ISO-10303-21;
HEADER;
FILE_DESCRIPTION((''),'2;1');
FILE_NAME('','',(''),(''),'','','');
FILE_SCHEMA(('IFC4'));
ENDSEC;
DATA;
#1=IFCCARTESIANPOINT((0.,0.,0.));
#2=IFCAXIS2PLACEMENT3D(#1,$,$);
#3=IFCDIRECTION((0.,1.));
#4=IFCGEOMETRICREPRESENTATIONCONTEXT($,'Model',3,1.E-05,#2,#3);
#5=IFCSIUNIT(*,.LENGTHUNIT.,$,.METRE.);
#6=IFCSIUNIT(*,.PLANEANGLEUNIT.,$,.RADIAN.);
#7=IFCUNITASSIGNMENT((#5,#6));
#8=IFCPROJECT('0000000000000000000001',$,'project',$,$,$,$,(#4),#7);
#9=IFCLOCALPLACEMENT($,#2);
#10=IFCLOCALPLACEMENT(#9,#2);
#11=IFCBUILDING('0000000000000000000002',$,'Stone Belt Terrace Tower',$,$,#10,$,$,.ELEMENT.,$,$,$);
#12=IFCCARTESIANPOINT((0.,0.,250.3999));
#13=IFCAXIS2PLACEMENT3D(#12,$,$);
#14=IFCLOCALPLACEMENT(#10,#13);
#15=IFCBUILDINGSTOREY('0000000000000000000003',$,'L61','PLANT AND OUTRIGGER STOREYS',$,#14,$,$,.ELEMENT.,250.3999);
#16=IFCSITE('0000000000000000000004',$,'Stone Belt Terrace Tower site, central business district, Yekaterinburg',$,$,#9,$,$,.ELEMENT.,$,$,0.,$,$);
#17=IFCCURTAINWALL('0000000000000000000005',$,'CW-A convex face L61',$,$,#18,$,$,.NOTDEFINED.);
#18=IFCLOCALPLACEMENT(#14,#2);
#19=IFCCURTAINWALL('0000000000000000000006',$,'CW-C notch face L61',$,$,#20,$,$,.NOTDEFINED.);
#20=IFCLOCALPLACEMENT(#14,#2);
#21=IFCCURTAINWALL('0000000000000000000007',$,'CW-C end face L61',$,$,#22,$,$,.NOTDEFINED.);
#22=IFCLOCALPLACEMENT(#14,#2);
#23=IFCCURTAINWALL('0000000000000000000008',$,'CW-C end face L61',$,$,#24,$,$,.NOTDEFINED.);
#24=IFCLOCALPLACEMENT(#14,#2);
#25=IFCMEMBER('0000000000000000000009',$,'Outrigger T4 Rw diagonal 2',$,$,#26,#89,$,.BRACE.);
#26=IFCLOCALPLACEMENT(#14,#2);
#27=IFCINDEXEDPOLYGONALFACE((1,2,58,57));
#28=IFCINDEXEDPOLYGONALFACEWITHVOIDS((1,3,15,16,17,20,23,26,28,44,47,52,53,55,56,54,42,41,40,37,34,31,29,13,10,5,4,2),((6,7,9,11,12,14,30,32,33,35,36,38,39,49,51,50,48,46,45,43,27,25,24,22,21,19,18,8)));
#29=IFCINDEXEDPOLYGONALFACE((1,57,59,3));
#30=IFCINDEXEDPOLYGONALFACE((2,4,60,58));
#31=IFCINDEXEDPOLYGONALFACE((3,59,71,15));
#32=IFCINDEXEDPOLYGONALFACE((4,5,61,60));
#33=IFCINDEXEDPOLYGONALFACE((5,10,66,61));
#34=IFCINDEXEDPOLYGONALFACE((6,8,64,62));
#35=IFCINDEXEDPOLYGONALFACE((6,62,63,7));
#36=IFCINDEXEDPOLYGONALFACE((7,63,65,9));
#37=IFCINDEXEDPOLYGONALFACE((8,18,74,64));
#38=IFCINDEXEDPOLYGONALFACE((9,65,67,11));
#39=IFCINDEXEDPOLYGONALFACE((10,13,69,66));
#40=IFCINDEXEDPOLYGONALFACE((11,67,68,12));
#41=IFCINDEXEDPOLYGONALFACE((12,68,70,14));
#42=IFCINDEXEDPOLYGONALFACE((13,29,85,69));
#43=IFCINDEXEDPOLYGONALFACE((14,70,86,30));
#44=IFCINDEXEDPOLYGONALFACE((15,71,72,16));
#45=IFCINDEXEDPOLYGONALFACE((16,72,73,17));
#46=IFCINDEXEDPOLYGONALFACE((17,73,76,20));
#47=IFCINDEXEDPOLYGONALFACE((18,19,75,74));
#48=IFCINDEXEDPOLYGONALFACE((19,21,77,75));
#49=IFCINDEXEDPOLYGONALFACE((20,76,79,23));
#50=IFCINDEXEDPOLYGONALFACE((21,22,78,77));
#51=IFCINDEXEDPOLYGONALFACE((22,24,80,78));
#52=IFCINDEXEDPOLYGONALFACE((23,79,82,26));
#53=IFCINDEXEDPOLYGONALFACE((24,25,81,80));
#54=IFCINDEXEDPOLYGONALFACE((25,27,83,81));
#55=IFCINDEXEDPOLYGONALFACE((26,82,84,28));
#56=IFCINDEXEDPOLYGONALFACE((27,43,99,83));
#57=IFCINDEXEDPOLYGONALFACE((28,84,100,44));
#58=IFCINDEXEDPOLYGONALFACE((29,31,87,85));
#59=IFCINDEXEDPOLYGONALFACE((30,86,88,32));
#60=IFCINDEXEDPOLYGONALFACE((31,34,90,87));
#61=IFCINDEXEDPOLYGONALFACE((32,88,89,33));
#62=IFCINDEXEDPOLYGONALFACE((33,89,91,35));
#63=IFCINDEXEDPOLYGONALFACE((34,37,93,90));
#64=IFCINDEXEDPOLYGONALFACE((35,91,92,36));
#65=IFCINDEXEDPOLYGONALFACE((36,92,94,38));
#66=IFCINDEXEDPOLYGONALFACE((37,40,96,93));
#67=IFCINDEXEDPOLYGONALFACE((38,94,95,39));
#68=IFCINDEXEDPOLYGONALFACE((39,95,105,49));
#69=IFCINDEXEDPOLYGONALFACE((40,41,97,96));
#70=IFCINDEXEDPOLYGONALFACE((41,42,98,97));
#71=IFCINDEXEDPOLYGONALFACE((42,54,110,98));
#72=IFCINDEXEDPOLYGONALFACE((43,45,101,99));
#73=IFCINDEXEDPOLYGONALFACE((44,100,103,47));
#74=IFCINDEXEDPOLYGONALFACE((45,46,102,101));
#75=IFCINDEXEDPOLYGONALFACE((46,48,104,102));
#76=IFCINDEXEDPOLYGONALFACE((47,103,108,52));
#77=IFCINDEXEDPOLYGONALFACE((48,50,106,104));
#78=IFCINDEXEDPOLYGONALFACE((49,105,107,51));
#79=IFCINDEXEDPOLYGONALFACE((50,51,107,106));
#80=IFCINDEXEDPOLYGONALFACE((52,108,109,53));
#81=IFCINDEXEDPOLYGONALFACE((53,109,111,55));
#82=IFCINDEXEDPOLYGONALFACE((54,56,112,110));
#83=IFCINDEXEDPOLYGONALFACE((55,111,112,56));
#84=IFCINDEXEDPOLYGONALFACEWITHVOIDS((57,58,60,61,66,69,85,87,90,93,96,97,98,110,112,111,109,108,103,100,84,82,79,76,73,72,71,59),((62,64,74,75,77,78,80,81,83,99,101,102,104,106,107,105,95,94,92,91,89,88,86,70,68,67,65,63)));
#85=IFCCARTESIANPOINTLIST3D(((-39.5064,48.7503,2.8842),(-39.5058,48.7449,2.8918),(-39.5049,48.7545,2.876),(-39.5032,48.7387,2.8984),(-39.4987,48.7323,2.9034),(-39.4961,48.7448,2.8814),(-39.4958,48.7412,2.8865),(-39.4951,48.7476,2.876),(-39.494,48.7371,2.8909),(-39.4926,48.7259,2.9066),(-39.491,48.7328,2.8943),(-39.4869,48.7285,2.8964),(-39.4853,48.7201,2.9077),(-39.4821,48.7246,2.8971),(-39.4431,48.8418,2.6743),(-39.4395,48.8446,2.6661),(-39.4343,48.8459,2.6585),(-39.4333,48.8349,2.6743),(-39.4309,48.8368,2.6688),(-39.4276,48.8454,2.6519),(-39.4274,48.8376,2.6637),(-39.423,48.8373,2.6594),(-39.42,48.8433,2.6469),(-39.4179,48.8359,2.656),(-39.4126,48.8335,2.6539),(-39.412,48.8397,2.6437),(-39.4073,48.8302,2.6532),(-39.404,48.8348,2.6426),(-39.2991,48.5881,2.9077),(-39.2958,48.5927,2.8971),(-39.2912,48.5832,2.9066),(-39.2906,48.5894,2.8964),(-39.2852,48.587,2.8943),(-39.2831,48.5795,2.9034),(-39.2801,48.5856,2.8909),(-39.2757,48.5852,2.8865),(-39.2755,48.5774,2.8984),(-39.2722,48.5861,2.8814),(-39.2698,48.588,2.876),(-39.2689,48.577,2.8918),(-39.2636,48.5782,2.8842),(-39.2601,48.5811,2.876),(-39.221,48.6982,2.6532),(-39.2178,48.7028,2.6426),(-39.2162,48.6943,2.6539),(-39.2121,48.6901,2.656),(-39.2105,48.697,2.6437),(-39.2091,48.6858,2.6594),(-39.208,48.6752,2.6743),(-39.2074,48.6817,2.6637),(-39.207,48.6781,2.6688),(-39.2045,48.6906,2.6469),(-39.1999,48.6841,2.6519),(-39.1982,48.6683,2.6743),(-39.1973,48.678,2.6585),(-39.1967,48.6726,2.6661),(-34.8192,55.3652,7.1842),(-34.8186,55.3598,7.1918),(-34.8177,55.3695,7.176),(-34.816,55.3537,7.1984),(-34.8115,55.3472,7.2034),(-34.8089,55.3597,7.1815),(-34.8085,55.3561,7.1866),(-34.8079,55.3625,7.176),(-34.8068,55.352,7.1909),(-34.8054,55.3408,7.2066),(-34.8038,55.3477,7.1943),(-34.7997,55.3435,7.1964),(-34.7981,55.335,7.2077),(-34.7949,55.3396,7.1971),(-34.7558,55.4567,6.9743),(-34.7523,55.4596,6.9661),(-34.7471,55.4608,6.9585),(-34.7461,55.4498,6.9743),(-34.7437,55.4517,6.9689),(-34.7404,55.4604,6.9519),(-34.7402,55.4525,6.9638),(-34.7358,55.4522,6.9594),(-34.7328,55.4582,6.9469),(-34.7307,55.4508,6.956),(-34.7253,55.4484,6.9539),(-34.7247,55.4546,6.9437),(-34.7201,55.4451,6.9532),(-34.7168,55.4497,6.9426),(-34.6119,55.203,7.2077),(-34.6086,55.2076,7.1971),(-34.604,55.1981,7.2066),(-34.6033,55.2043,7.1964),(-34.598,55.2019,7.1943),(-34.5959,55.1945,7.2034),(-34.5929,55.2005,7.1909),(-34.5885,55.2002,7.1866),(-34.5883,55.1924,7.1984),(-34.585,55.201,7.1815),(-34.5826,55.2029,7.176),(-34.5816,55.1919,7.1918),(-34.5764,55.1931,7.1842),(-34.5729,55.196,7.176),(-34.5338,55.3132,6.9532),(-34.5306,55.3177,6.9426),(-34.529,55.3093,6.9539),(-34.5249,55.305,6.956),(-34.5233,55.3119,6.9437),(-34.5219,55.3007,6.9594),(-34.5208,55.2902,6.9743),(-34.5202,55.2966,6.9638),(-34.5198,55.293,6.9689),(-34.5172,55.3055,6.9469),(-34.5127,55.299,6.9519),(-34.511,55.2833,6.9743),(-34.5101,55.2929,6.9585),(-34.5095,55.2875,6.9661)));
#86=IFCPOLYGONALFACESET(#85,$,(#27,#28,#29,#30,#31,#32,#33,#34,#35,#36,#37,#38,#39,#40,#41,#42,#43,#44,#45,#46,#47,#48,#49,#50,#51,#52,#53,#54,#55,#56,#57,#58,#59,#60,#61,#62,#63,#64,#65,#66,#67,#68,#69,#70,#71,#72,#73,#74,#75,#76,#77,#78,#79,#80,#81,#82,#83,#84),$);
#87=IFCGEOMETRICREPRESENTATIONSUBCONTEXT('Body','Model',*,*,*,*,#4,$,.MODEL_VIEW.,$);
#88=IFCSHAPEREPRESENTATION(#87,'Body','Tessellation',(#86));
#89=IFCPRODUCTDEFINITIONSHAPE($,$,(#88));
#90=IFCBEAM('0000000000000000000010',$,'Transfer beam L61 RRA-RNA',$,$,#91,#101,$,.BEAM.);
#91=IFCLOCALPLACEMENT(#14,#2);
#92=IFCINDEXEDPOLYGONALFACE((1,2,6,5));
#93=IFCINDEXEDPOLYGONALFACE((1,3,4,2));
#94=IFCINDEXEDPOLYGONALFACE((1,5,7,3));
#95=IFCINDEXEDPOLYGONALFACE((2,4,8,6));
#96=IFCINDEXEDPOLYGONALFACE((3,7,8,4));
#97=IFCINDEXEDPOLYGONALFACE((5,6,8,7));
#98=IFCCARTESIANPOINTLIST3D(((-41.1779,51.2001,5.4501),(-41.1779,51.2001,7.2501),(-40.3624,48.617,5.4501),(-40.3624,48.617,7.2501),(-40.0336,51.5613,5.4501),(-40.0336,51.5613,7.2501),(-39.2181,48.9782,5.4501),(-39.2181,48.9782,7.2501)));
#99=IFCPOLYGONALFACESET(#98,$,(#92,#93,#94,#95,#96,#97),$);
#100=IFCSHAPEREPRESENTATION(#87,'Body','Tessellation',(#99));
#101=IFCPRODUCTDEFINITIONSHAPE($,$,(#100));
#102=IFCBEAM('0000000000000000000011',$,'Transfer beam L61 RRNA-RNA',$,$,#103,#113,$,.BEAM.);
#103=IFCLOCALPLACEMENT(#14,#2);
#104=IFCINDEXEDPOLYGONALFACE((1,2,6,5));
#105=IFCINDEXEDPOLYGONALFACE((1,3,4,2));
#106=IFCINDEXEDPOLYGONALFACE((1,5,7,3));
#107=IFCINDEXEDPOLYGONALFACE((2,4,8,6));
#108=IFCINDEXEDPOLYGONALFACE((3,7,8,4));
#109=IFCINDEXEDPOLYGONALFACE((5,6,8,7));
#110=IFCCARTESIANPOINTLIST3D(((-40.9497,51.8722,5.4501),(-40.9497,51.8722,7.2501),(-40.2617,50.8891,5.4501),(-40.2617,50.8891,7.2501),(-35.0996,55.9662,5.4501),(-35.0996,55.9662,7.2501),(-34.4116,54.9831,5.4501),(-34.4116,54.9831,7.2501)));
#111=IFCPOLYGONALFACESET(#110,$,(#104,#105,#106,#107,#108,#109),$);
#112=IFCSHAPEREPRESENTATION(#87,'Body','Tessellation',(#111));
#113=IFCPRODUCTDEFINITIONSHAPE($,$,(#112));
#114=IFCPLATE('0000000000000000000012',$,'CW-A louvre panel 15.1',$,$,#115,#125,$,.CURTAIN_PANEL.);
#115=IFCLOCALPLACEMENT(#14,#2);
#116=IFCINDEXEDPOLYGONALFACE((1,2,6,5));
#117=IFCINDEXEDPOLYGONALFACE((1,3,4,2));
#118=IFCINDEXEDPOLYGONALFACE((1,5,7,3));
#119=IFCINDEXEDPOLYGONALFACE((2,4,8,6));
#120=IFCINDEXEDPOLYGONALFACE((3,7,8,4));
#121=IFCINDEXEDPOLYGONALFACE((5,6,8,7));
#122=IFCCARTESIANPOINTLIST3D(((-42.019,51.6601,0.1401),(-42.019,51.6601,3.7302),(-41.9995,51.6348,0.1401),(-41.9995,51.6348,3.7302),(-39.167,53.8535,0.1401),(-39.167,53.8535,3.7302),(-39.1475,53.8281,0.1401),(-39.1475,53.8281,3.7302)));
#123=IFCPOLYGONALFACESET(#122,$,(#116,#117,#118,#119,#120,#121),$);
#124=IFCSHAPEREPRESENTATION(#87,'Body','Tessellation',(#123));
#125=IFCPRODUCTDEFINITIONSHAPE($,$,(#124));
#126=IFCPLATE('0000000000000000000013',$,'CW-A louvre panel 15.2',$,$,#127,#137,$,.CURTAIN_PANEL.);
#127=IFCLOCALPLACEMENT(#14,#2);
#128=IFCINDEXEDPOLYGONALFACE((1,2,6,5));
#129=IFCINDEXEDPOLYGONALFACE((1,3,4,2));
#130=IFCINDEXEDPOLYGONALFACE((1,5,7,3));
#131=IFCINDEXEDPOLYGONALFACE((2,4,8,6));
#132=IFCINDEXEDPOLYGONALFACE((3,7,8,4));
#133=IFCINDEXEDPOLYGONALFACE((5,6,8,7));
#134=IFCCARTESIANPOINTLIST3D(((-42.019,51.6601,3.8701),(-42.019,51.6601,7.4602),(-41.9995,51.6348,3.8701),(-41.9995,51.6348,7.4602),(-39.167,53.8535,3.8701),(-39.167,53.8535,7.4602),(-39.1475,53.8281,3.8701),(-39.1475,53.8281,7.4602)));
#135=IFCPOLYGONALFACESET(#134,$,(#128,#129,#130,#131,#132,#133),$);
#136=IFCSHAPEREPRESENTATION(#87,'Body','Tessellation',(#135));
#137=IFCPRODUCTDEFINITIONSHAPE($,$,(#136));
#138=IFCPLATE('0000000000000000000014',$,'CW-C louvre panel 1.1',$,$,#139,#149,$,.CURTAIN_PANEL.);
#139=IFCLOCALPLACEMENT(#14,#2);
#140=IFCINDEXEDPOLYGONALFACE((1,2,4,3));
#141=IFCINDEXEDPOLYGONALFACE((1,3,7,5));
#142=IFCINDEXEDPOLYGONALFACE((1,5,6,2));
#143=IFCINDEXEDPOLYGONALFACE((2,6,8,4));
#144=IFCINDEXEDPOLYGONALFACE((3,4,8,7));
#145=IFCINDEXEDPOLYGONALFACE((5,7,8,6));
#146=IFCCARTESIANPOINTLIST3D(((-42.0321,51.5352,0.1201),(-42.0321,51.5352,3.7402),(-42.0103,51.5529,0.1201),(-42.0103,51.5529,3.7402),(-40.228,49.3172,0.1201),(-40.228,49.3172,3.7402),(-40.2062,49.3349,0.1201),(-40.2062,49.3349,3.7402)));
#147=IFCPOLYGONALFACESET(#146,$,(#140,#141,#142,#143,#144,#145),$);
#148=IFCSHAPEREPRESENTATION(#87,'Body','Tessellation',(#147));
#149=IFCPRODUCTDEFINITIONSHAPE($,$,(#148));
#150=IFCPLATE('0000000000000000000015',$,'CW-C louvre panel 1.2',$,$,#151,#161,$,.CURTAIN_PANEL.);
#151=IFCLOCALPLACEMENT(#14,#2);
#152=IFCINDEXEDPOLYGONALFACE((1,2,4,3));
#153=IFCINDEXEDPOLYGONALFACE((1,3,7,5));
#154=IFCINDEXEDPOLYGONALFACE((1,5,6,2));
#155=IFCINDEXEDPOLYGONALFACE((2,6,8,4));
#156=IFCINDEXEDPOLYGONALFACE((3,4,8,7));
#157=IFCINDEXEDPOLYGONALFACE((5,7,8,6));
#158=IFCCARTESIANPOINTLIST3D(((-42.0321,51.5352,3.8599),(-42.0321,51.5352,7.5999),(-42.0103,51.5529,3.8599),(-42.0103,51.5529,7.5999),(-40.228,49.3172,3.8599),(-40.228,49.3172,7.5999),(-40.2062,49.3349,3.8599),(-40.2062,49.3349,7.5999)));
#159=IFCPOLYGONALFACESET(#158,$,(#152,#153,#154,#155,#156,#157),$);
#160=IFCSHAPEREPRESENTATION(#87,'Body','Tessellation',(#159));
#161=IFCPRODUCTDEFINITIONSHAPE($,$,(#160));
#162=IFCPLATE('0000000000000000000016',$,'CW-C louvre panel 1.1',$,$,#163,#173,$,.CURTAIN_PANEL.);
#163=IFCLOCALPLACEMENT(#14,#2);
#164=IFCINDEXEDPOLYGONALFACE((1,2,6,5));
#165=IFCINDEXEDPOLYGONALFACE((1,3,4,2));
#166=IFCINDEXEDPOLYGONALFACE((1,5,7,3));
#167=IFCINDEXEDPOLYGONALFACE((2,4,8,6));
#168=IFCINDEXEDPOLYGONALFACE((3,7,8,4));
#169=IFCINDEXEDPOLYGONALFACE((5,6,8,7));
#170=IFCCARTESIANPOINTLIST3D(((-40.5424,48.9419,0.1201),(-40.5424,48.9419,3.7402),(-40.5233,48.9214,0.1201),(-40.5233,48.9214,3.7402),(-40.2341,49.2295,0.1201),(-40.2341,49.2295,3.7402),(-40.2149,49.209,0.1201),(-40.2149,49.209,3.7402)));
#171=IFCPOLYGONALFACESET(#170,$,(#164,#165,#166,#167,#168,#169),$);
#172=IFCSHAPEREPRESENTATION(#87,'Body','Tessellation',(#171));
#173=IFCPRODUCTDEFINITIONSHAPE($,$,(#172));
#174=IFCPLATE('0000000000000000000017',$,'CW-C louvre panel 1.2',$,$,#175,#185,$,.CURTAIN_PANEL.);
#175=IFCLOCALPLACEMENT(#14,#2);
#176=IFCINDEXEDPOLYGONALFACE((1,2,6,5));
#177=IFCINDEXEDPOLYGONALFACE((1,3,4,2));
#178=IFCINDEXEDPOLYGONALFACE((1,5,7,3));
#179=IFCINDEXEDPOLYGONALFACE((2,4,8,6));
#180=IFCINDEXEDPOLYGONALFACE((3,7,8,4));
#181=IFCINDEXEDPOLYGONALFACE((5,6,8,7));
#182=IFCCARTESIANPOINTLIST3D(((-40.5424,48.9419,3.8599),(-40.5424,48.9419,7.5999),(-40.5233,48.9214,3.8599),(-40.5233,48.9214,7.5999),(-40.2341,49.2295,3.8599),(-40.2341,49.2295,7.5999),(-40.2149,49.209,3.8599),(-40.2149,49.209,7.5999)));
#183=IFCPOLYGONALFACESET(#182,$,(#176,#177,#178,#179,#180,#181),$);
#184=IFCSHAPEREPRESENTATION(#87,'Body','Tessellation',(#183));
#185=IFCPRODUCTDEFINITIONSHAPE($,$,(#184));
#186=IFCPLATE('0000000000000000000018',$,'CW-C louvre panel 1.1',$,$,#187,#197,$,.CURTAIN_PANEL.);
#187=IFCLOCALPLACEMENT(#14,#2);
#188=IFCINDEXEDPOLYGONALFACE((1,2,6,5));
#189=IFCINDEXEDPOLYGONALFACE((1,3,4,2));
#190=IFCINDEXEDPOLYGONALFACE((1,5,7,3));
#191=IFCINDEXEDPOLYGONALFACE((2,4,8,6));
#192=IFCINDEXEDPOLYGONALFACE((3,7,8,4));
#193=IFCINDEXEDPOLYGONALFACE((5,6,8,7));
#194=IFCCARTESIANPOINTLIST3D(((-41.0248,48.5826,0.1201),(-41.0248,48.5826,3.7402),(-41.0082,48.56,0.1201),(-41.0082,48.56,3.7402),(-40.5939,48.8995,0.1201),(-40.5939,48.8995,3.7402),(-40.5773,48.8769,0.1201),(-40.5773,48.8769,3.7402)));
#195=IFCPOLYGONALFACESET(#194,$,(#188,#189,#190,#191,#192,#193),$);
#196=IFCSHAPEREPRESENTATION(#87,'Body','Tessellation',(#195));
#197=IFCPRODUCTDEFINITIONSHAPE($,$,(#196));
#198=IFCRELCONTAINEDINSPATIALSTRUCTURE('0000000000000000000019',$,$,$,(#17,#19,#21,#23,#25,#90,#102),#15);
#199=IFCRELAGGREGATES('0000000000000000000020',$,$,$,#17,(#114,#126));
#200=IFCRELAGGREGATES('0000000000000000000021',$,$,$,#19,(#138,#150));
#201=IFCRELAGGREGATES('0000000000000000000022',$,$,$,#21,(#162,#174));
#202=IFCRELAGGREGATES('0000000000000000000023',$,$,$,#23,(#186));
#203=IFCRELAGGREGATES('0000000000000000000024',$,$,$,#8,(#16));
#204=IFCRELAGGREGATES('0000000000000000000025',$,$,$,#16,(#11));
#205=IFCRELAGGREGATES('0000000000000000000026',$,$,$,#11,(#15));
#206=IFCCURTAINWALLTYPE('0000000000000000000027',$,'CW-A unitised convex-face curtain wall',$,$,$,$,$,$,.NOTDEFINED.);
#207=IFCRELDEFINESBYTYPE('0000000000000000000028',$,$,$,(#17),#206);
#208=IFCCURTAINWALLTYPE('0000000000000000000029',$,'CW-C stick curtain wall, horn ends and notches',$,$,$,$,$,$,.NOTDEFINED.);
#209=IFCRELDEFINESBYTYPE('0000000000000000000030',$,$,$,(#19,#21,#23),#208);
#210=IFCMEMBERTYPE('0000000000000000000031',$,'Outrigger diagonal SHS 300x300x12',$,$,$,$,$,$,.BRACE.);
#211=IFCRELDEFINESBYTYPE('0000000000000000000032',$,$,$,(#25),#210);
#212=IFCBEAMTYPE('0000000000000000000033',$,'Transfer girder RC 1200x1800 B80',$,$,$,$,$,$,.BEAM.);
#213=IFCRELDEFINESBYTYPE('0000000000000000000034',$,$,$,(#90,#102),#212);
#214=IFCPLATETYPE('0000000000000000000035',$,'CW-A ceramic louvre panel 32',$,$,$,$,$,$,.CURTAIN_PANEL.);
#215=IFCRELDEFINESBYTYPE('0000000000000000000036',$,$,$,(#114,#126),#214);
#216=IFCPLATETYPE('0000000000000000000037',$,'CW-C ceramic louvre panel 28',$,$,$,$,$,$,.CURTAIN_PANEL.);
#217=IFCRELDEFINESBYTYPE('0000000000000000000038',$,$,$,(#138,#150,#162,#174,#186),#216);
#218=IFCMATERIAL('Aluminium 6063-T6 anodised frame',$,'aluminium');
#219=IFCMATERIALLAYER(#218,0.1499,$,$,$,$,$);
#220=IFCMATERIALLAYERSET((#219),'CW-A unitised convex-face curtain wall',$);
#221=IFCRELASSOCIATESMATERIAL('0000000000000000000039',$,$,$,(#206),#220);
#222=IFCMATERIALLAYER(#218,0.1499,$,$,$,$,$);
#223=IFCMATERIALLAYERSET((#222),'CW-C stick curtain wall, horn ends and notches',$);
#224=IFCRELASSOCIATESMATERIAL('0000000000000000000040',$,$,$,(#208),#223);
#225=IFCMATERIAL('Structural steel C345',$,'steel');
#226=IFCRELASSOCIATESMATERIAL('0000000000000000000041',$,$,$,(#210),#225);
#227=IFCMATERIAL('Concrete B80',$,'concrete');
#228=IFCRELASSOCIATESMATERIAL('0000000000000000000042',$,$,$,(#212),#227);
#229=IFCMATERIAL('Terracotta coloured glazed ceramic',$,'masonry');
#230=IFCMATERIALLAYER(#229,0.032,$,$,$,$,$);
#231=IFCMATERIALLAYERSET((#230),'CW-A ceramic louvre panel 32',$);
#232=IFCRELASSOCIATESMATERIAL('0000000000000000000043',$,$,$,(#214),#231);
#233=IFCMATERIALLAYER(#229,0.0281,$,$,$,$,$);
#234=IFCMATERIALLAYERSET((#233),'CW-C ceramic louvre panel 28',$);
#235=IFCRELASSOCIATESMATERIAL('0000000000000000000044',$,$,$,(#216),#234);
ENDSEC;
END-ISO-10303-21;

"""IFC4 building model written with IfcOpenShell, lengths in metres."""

from ifc_helpers import new_model, si_unit, direction, frame, origin, origin_2d, place, context, subcontext, project, spatial, rectangle, hollow_rectangle, extrude, material, layer, layer_set, material_profile, profile_set, type_object, element, aggregate, save


model = new_model("IFC4")

# Units and contexts
model_context = context("Model", 3, precision=1e-05, world=origin(), true_north=direction((0.0, 1.0)))
body_context = subcontext(model_context, "Body", "Model", "MODEL_VIEW")
ifc_project = project(units=[si_unit("LENGTHUNIT", "METRE"), si_unit("PLANEANGLEUNIT", "RADIAN")], contexts=[model_context])

# Site, building, storey
site_placement = place(None, origin())
site = spatial("IfcSite", under=ifc_project, at=site_placement, Name="Stone Belt Terrace Tower site, central business district, Yekaterinburg", CompositionType="ELEMENT", RefElevation=0.0)
building_placement = place(site_placement, origin())
building = spatial("IfcBuilding", under=site, at=building_placement, Name="Stone Belt Terrace Tower", CompositionType="ELEMENT")
storey_placement = place(building_placement, frame((0.0, 0.0, 250.3999)))
storey = spatial("IfcBuildingStorey", under=building, at=storey_placement, Name="L61", Description="PLANT AND OUTRIGGER STOREYS", CompositionType="ELEMENT", Elevation=250.3999)

# Curtain wall
ifc_material_1 = material(Name="Aluminium 6063-T6 anodised frame", Category="aluminium")
ifc_layer_1 = layer(ifc_material_1, 0.1499)
ifc_layer_set_1 = layer_set([ifc_layer_1], Name="CW-A unitised convex-face curtain wall")
curtain_wall_type_1 = type_object("IfcCurtainWallType", Name="CW-A unitised convex-face curtain wall", PredefinedType="NOTDEFINED", material=ifc_layer_set_1)
curtain_wall_1_placement = place(storey_placement, origin())
curtain_wall_1 = element("IfcCurtainWall", 1, at=curtain_wall_1_placement, inside=storey, type_object=curtain_wall_type_1, Name="CW-A convex face L61", PredefinedType="NOTDEFINED")

# Curtain walls
ifc_layer_2 = layer(ifc_material_1, 0.1499)
ifc_layer_set_2 = layer_set([ifc_layer_2], Name="CW-C stick curtain wall, horn ends and notches")
curtain_wall_type_2 = type_object("IfcCurtainWallType", Name="CW-C stick curtain wall, horn ends and notches", PredefinedType="NOTDEFINED", material=ifc_layer_set_2)
curtain_wall_2_placement = place(storey_placement, origin())
curtain_wall_2 = element("IfcCurtainWall", 2, at=curtain_wall_2_placement, inside=storey, type_object=curtain_wall_type_2, Name="CW-C notch face L61", PredefinedType="NOTDEFINED")
curtain_wall_3_placement = place(storey_placement, origin())
curtain_wall_3 = element("IfcCurtainWall", 3, at=curtain_wall_3_placement, inside=storey, type_object=curtain_wall_type_2, Name="CW-C end face L61", PredefinedType="NOTDEFINED")
curtain_wall_4_placement = place(storey_placement, origin())
curtain_wall_4 = element("IfcCurtainWall", 4, at=curtain_wall_4_placement, inside=storey, type_object=curtain_wall_type_2, Name="CW-C end face L61", PredefinedType="NOTDEFINED")

# Member
ifc_material_2 = material(Name="Structural steel C345", Category="steel")
ifc_material_profile_1 = material_profile(ifc_material_2, hollow_rectangle(XDim=0.3, YDim=0.3, WallThickness=0.012, InnerFilletRadius=0.0239, OuterFilletRadius=0.0359, at=origin_2d()), Name="SHS 300x300x12")
ifc_profile_set_1 = profile_set([ifc_material_profile_1], Name="Structural steel C345")
member_type_1 = type_object("IfcMemberType", Name="Outrigger diagonal SHS 300x300x12", PredefinedType="BRACE", material=ifc_profile_set_1)
member_1_placement = place(storey_placement, frame((-39.3516, 48.7114, 2.7751), z_axis=(0.510757, 0.720816, 0.468564), x_axis=(-0.815929, 0.578152, 0.0)))
element("IfcMember", 5, at=member_1_placement, inside=storey, type_object=member_type_1, Name="Outrigger T4 Rw diagonal 2", PredefinedType="BRACE", context=body_context, shape_type="SweptSolid", body=[
    extrude(hollow_rectangle(XDim=0.3, YDim=0.3, WallThickness=0.012, InnerFilletRadius=0.0239, OuterFilletRadius=0.0359, at=origin_2d()), origin(), (0.0, 0.0, 1.0), 9.177),
])

# Beams
ifc_material_3 = material(Name="Concrete B80", Category="concrete")
ifc_material_profile_2 = material_profile(ifc_material_3, rectangle(XDim=1.2, YDim=1.8, at=origin_2d()), Name="RC 1200x1800")
ifc_profile_set_2 = profile_set([ifc_material_profile_2], Name="Concrete B80")
beam_type = type_object("IfcBeamType", Name="Transfer girder RC 1200x1800 B80", PredefinedType="BEAM", material=ifc_profile_set_2)
beam_1_placement = place(storey_placement, frame((-39.7903, 48.7976, 6.3501), z_axis=(-0.301045, 0.95361, 0.0), x_axis=(-0.95361, -0.301045, 0.0)))
element("IfcBeam", 6, at=beam_1_placement, inside=storey, type_object=beam_type, Name="Transfer beam L61 RRA-RNA", PredefinedType="BEAM", context=body_context, shape_type="SweptSolid", body=[
    extrude(rectangle(XDim=1.2, YDim=1.8, at=origin_2d()), origin(), (0.0, 0.0, 1.0), 2.7087),
])
beam_2_placement = place(storey_placement, frame((-40.6057, 51.3806, 6.3501), z_axis=(0.819303, 0.573361, 0.0), x_axis=(-0.573361, 0.819303, 0.0)))
element("IfcBeam", 7, at=beam_2_placement, inside=storey, type_object=beam_type, Name="Transfer beam L61 RRNA-RNA", PredefinedType="BEAM", context=body_context, shape_type="SweptSolid", body=[
    extrude(rectangle(XDim=1.2, YDim=1.8, at=origin_2d()), origin(), (0.0, 0.0, 1.0), 7.1404),
])

# Plates
ifc_material_4 = material(Name="Terracotta coloured glazed ceramic", Category="masonry")
ifc_layer_3 = layer(ifc_material_4, 0.032)
ifc_layer_set_3 = layer_set([ifc_layer_3], Name="CW-A ceramic louvre panel 32")
plate_type_1 = type_object("IfcPlateType", Name="CW-A ceramic louvre panel 32", PredefinedType="CURTAIN_PANEL", material=ifc_layer_set_3)
plate_1_placement = place(storey_placement, frame((-40.5833, 52.7441, 0.1401), z_axis=(0.0, 0.0, 1.0), x_axis=(-0.792694, -0.60962, 0.0)))
plate_1 = element("IfcPlate", 8, at=plate_1_placement, type_object=plate_type_1, Name="CW-A louvre panel 15.1", PredefinedType="CURTAIN_PANEL", context=body_context, shape_type="SweptSolid", body=[
    extrude(rectangle(XDim=3.5979, YDim=0.032, at=origin_2d()), origin(), (0.0, 0.0, 1.0), 3.5901),
])
plate_2_placement = place(storey_placement, frame((-40.5833, 52.7441, 3.8701), z_axis=(0.0, 0.0, 1.0), x_axis=(-0.792694, -0.60962, 0.0)))
plate_2 = element("IfcPlate", 9, at=plate_2_placement, type_object=plate_type_1, Name="CW-A louvre panel 15.2", PredefinedType="CURTAIN_PANEL", context=body_context, shape_type="SweptSolid", body=[
    extrude(rectangle(XDim=3.5979, YDim=0.032, at=origin_2d()), origin(), (0.0, 0.0, 1.0), 3.5901),
])
aggregate(curtain_wall_1, [plate_1, plate_2])
ifc_layer_4 = layer(ifc_material_4, 0.0281)
ifc_layer_set_4 = layer_set([ifc_layer_4], Name="CW-C ceramic louvre panel 28")
plate_type_2 = type_object("IfcPlateType", Name="CW-C ceramic louvre panel 28", PredefinedType="CURTAIN_PANEL", material=ifc_layer_set_4)
plate_3_placement = place(storey_placement, frame((-41.1191, 50.4351, 0.1201), z_axis=(0.0, 0.0, 1.0), x_axis=(0.631001, -0.775782, 0.0)))
plate_3 = element("IfcPlate", 10, at=plate_3_placement, type_object=plate_type_2, Name="CW-C louvre panel 1.1", PredefinedType="CURTAIN_PANEL", context=body_context, shape_type="SweptSolid", body=[
    extrude(rectangle(XDim=2.8591, YDim=0.0281, at=origin_2d()), origin(), (0.0, 0.0, 1.0), 3.6201),
])
plate_4_placement = place(storey_placement, frame((-41.1191, 50.4351, 3.8599), z_axis=(0.0, 0.0, 1.0), x_axis=(0.631001, -0.775782, 0.0)))
plate_4 = element("IfcPlate", 11, at=plate_4_placement, type_object=plate_type_2, Name="CW-C louvre panel 1.2", PredefinedType="CURTAIN_PANEL", context=body_context, shape_type="SweptSolid", body=[
    extrude(rectangle(XDim=2.8591, YDim=0.0281, at=origin_2d()), origin(), (0.0, 0.0, 1.0), 3.74),
])
aggregate(curtain_wall_2, [plate_3, plate_4])
plate_5_placement = place(storey_placement, frame((-40.3787, 49.0754, 0.1201), z_axis=(0.0, 0.0, 1.0), x_axis=(-0.731339, -0.682014, 0.0)))
plate_5 = element("IfcPlate", 12, at=plate_5_placement, type_object=plate_type_2, Name="CW-C louvre panel 1.1", PredefinedType="CURTAIN_PANEL", context=body_context, shape_type="SweptSolid", body=[
    extrude(rectangle(XDim=0.4216, YDim=0.0281, at=origin_2d()), origin(), (0.0, 0.0, 1.0), 3.6201),
])
plate_6_placement = place(storey_placement, frame((-40.3787, 49.0754, 3.8599), z_axis=(0.0, 0.0, 1.0), x_axis=(-0.731339, -0.682014, 0.0)))
plate_6 = element("IfcPlate", 13, at=plate_6_placement, type_object=plate_type_2, Name="CW-C louvre panel 1.2", PredefinedType="CURTAIN_PANEL", context=body_context, shape_type="SweptSolid", body=[
    extrude(rectangle(XDim=0.4216, YDim=0.0281, at=origin_2d()), origin(), (0.0, 0.0, 1.0), 3.74),
])
aggregate(curtain_wall_3, [plate_5, plate_6])
plate_7_placement = place(storey_placement, frame((-40.801, 48.7297, 0.1201), z_axis=(0.0, 0.0, 1.0), x_axis=(-0.805576, -0.592492, 0.0)))
plate_7 = element("IfcPlate", 14, at=plate_7_placement, type_object=plate_type_2, Name="CW-C louvre panel 1.1", PredefinedType="CURTAIN_PANEL", context=body_context, shape_type="SweptSolid", body=[
    extrude(rectangle(XDim=0.5349, YDim=0.0281, at=origin_2d()), origin(), (0.0, 0.0, 1.0), 3.6201),
])
aggregate(curtain_wall_4, [plate_7])

save(model, "model.ifc")
